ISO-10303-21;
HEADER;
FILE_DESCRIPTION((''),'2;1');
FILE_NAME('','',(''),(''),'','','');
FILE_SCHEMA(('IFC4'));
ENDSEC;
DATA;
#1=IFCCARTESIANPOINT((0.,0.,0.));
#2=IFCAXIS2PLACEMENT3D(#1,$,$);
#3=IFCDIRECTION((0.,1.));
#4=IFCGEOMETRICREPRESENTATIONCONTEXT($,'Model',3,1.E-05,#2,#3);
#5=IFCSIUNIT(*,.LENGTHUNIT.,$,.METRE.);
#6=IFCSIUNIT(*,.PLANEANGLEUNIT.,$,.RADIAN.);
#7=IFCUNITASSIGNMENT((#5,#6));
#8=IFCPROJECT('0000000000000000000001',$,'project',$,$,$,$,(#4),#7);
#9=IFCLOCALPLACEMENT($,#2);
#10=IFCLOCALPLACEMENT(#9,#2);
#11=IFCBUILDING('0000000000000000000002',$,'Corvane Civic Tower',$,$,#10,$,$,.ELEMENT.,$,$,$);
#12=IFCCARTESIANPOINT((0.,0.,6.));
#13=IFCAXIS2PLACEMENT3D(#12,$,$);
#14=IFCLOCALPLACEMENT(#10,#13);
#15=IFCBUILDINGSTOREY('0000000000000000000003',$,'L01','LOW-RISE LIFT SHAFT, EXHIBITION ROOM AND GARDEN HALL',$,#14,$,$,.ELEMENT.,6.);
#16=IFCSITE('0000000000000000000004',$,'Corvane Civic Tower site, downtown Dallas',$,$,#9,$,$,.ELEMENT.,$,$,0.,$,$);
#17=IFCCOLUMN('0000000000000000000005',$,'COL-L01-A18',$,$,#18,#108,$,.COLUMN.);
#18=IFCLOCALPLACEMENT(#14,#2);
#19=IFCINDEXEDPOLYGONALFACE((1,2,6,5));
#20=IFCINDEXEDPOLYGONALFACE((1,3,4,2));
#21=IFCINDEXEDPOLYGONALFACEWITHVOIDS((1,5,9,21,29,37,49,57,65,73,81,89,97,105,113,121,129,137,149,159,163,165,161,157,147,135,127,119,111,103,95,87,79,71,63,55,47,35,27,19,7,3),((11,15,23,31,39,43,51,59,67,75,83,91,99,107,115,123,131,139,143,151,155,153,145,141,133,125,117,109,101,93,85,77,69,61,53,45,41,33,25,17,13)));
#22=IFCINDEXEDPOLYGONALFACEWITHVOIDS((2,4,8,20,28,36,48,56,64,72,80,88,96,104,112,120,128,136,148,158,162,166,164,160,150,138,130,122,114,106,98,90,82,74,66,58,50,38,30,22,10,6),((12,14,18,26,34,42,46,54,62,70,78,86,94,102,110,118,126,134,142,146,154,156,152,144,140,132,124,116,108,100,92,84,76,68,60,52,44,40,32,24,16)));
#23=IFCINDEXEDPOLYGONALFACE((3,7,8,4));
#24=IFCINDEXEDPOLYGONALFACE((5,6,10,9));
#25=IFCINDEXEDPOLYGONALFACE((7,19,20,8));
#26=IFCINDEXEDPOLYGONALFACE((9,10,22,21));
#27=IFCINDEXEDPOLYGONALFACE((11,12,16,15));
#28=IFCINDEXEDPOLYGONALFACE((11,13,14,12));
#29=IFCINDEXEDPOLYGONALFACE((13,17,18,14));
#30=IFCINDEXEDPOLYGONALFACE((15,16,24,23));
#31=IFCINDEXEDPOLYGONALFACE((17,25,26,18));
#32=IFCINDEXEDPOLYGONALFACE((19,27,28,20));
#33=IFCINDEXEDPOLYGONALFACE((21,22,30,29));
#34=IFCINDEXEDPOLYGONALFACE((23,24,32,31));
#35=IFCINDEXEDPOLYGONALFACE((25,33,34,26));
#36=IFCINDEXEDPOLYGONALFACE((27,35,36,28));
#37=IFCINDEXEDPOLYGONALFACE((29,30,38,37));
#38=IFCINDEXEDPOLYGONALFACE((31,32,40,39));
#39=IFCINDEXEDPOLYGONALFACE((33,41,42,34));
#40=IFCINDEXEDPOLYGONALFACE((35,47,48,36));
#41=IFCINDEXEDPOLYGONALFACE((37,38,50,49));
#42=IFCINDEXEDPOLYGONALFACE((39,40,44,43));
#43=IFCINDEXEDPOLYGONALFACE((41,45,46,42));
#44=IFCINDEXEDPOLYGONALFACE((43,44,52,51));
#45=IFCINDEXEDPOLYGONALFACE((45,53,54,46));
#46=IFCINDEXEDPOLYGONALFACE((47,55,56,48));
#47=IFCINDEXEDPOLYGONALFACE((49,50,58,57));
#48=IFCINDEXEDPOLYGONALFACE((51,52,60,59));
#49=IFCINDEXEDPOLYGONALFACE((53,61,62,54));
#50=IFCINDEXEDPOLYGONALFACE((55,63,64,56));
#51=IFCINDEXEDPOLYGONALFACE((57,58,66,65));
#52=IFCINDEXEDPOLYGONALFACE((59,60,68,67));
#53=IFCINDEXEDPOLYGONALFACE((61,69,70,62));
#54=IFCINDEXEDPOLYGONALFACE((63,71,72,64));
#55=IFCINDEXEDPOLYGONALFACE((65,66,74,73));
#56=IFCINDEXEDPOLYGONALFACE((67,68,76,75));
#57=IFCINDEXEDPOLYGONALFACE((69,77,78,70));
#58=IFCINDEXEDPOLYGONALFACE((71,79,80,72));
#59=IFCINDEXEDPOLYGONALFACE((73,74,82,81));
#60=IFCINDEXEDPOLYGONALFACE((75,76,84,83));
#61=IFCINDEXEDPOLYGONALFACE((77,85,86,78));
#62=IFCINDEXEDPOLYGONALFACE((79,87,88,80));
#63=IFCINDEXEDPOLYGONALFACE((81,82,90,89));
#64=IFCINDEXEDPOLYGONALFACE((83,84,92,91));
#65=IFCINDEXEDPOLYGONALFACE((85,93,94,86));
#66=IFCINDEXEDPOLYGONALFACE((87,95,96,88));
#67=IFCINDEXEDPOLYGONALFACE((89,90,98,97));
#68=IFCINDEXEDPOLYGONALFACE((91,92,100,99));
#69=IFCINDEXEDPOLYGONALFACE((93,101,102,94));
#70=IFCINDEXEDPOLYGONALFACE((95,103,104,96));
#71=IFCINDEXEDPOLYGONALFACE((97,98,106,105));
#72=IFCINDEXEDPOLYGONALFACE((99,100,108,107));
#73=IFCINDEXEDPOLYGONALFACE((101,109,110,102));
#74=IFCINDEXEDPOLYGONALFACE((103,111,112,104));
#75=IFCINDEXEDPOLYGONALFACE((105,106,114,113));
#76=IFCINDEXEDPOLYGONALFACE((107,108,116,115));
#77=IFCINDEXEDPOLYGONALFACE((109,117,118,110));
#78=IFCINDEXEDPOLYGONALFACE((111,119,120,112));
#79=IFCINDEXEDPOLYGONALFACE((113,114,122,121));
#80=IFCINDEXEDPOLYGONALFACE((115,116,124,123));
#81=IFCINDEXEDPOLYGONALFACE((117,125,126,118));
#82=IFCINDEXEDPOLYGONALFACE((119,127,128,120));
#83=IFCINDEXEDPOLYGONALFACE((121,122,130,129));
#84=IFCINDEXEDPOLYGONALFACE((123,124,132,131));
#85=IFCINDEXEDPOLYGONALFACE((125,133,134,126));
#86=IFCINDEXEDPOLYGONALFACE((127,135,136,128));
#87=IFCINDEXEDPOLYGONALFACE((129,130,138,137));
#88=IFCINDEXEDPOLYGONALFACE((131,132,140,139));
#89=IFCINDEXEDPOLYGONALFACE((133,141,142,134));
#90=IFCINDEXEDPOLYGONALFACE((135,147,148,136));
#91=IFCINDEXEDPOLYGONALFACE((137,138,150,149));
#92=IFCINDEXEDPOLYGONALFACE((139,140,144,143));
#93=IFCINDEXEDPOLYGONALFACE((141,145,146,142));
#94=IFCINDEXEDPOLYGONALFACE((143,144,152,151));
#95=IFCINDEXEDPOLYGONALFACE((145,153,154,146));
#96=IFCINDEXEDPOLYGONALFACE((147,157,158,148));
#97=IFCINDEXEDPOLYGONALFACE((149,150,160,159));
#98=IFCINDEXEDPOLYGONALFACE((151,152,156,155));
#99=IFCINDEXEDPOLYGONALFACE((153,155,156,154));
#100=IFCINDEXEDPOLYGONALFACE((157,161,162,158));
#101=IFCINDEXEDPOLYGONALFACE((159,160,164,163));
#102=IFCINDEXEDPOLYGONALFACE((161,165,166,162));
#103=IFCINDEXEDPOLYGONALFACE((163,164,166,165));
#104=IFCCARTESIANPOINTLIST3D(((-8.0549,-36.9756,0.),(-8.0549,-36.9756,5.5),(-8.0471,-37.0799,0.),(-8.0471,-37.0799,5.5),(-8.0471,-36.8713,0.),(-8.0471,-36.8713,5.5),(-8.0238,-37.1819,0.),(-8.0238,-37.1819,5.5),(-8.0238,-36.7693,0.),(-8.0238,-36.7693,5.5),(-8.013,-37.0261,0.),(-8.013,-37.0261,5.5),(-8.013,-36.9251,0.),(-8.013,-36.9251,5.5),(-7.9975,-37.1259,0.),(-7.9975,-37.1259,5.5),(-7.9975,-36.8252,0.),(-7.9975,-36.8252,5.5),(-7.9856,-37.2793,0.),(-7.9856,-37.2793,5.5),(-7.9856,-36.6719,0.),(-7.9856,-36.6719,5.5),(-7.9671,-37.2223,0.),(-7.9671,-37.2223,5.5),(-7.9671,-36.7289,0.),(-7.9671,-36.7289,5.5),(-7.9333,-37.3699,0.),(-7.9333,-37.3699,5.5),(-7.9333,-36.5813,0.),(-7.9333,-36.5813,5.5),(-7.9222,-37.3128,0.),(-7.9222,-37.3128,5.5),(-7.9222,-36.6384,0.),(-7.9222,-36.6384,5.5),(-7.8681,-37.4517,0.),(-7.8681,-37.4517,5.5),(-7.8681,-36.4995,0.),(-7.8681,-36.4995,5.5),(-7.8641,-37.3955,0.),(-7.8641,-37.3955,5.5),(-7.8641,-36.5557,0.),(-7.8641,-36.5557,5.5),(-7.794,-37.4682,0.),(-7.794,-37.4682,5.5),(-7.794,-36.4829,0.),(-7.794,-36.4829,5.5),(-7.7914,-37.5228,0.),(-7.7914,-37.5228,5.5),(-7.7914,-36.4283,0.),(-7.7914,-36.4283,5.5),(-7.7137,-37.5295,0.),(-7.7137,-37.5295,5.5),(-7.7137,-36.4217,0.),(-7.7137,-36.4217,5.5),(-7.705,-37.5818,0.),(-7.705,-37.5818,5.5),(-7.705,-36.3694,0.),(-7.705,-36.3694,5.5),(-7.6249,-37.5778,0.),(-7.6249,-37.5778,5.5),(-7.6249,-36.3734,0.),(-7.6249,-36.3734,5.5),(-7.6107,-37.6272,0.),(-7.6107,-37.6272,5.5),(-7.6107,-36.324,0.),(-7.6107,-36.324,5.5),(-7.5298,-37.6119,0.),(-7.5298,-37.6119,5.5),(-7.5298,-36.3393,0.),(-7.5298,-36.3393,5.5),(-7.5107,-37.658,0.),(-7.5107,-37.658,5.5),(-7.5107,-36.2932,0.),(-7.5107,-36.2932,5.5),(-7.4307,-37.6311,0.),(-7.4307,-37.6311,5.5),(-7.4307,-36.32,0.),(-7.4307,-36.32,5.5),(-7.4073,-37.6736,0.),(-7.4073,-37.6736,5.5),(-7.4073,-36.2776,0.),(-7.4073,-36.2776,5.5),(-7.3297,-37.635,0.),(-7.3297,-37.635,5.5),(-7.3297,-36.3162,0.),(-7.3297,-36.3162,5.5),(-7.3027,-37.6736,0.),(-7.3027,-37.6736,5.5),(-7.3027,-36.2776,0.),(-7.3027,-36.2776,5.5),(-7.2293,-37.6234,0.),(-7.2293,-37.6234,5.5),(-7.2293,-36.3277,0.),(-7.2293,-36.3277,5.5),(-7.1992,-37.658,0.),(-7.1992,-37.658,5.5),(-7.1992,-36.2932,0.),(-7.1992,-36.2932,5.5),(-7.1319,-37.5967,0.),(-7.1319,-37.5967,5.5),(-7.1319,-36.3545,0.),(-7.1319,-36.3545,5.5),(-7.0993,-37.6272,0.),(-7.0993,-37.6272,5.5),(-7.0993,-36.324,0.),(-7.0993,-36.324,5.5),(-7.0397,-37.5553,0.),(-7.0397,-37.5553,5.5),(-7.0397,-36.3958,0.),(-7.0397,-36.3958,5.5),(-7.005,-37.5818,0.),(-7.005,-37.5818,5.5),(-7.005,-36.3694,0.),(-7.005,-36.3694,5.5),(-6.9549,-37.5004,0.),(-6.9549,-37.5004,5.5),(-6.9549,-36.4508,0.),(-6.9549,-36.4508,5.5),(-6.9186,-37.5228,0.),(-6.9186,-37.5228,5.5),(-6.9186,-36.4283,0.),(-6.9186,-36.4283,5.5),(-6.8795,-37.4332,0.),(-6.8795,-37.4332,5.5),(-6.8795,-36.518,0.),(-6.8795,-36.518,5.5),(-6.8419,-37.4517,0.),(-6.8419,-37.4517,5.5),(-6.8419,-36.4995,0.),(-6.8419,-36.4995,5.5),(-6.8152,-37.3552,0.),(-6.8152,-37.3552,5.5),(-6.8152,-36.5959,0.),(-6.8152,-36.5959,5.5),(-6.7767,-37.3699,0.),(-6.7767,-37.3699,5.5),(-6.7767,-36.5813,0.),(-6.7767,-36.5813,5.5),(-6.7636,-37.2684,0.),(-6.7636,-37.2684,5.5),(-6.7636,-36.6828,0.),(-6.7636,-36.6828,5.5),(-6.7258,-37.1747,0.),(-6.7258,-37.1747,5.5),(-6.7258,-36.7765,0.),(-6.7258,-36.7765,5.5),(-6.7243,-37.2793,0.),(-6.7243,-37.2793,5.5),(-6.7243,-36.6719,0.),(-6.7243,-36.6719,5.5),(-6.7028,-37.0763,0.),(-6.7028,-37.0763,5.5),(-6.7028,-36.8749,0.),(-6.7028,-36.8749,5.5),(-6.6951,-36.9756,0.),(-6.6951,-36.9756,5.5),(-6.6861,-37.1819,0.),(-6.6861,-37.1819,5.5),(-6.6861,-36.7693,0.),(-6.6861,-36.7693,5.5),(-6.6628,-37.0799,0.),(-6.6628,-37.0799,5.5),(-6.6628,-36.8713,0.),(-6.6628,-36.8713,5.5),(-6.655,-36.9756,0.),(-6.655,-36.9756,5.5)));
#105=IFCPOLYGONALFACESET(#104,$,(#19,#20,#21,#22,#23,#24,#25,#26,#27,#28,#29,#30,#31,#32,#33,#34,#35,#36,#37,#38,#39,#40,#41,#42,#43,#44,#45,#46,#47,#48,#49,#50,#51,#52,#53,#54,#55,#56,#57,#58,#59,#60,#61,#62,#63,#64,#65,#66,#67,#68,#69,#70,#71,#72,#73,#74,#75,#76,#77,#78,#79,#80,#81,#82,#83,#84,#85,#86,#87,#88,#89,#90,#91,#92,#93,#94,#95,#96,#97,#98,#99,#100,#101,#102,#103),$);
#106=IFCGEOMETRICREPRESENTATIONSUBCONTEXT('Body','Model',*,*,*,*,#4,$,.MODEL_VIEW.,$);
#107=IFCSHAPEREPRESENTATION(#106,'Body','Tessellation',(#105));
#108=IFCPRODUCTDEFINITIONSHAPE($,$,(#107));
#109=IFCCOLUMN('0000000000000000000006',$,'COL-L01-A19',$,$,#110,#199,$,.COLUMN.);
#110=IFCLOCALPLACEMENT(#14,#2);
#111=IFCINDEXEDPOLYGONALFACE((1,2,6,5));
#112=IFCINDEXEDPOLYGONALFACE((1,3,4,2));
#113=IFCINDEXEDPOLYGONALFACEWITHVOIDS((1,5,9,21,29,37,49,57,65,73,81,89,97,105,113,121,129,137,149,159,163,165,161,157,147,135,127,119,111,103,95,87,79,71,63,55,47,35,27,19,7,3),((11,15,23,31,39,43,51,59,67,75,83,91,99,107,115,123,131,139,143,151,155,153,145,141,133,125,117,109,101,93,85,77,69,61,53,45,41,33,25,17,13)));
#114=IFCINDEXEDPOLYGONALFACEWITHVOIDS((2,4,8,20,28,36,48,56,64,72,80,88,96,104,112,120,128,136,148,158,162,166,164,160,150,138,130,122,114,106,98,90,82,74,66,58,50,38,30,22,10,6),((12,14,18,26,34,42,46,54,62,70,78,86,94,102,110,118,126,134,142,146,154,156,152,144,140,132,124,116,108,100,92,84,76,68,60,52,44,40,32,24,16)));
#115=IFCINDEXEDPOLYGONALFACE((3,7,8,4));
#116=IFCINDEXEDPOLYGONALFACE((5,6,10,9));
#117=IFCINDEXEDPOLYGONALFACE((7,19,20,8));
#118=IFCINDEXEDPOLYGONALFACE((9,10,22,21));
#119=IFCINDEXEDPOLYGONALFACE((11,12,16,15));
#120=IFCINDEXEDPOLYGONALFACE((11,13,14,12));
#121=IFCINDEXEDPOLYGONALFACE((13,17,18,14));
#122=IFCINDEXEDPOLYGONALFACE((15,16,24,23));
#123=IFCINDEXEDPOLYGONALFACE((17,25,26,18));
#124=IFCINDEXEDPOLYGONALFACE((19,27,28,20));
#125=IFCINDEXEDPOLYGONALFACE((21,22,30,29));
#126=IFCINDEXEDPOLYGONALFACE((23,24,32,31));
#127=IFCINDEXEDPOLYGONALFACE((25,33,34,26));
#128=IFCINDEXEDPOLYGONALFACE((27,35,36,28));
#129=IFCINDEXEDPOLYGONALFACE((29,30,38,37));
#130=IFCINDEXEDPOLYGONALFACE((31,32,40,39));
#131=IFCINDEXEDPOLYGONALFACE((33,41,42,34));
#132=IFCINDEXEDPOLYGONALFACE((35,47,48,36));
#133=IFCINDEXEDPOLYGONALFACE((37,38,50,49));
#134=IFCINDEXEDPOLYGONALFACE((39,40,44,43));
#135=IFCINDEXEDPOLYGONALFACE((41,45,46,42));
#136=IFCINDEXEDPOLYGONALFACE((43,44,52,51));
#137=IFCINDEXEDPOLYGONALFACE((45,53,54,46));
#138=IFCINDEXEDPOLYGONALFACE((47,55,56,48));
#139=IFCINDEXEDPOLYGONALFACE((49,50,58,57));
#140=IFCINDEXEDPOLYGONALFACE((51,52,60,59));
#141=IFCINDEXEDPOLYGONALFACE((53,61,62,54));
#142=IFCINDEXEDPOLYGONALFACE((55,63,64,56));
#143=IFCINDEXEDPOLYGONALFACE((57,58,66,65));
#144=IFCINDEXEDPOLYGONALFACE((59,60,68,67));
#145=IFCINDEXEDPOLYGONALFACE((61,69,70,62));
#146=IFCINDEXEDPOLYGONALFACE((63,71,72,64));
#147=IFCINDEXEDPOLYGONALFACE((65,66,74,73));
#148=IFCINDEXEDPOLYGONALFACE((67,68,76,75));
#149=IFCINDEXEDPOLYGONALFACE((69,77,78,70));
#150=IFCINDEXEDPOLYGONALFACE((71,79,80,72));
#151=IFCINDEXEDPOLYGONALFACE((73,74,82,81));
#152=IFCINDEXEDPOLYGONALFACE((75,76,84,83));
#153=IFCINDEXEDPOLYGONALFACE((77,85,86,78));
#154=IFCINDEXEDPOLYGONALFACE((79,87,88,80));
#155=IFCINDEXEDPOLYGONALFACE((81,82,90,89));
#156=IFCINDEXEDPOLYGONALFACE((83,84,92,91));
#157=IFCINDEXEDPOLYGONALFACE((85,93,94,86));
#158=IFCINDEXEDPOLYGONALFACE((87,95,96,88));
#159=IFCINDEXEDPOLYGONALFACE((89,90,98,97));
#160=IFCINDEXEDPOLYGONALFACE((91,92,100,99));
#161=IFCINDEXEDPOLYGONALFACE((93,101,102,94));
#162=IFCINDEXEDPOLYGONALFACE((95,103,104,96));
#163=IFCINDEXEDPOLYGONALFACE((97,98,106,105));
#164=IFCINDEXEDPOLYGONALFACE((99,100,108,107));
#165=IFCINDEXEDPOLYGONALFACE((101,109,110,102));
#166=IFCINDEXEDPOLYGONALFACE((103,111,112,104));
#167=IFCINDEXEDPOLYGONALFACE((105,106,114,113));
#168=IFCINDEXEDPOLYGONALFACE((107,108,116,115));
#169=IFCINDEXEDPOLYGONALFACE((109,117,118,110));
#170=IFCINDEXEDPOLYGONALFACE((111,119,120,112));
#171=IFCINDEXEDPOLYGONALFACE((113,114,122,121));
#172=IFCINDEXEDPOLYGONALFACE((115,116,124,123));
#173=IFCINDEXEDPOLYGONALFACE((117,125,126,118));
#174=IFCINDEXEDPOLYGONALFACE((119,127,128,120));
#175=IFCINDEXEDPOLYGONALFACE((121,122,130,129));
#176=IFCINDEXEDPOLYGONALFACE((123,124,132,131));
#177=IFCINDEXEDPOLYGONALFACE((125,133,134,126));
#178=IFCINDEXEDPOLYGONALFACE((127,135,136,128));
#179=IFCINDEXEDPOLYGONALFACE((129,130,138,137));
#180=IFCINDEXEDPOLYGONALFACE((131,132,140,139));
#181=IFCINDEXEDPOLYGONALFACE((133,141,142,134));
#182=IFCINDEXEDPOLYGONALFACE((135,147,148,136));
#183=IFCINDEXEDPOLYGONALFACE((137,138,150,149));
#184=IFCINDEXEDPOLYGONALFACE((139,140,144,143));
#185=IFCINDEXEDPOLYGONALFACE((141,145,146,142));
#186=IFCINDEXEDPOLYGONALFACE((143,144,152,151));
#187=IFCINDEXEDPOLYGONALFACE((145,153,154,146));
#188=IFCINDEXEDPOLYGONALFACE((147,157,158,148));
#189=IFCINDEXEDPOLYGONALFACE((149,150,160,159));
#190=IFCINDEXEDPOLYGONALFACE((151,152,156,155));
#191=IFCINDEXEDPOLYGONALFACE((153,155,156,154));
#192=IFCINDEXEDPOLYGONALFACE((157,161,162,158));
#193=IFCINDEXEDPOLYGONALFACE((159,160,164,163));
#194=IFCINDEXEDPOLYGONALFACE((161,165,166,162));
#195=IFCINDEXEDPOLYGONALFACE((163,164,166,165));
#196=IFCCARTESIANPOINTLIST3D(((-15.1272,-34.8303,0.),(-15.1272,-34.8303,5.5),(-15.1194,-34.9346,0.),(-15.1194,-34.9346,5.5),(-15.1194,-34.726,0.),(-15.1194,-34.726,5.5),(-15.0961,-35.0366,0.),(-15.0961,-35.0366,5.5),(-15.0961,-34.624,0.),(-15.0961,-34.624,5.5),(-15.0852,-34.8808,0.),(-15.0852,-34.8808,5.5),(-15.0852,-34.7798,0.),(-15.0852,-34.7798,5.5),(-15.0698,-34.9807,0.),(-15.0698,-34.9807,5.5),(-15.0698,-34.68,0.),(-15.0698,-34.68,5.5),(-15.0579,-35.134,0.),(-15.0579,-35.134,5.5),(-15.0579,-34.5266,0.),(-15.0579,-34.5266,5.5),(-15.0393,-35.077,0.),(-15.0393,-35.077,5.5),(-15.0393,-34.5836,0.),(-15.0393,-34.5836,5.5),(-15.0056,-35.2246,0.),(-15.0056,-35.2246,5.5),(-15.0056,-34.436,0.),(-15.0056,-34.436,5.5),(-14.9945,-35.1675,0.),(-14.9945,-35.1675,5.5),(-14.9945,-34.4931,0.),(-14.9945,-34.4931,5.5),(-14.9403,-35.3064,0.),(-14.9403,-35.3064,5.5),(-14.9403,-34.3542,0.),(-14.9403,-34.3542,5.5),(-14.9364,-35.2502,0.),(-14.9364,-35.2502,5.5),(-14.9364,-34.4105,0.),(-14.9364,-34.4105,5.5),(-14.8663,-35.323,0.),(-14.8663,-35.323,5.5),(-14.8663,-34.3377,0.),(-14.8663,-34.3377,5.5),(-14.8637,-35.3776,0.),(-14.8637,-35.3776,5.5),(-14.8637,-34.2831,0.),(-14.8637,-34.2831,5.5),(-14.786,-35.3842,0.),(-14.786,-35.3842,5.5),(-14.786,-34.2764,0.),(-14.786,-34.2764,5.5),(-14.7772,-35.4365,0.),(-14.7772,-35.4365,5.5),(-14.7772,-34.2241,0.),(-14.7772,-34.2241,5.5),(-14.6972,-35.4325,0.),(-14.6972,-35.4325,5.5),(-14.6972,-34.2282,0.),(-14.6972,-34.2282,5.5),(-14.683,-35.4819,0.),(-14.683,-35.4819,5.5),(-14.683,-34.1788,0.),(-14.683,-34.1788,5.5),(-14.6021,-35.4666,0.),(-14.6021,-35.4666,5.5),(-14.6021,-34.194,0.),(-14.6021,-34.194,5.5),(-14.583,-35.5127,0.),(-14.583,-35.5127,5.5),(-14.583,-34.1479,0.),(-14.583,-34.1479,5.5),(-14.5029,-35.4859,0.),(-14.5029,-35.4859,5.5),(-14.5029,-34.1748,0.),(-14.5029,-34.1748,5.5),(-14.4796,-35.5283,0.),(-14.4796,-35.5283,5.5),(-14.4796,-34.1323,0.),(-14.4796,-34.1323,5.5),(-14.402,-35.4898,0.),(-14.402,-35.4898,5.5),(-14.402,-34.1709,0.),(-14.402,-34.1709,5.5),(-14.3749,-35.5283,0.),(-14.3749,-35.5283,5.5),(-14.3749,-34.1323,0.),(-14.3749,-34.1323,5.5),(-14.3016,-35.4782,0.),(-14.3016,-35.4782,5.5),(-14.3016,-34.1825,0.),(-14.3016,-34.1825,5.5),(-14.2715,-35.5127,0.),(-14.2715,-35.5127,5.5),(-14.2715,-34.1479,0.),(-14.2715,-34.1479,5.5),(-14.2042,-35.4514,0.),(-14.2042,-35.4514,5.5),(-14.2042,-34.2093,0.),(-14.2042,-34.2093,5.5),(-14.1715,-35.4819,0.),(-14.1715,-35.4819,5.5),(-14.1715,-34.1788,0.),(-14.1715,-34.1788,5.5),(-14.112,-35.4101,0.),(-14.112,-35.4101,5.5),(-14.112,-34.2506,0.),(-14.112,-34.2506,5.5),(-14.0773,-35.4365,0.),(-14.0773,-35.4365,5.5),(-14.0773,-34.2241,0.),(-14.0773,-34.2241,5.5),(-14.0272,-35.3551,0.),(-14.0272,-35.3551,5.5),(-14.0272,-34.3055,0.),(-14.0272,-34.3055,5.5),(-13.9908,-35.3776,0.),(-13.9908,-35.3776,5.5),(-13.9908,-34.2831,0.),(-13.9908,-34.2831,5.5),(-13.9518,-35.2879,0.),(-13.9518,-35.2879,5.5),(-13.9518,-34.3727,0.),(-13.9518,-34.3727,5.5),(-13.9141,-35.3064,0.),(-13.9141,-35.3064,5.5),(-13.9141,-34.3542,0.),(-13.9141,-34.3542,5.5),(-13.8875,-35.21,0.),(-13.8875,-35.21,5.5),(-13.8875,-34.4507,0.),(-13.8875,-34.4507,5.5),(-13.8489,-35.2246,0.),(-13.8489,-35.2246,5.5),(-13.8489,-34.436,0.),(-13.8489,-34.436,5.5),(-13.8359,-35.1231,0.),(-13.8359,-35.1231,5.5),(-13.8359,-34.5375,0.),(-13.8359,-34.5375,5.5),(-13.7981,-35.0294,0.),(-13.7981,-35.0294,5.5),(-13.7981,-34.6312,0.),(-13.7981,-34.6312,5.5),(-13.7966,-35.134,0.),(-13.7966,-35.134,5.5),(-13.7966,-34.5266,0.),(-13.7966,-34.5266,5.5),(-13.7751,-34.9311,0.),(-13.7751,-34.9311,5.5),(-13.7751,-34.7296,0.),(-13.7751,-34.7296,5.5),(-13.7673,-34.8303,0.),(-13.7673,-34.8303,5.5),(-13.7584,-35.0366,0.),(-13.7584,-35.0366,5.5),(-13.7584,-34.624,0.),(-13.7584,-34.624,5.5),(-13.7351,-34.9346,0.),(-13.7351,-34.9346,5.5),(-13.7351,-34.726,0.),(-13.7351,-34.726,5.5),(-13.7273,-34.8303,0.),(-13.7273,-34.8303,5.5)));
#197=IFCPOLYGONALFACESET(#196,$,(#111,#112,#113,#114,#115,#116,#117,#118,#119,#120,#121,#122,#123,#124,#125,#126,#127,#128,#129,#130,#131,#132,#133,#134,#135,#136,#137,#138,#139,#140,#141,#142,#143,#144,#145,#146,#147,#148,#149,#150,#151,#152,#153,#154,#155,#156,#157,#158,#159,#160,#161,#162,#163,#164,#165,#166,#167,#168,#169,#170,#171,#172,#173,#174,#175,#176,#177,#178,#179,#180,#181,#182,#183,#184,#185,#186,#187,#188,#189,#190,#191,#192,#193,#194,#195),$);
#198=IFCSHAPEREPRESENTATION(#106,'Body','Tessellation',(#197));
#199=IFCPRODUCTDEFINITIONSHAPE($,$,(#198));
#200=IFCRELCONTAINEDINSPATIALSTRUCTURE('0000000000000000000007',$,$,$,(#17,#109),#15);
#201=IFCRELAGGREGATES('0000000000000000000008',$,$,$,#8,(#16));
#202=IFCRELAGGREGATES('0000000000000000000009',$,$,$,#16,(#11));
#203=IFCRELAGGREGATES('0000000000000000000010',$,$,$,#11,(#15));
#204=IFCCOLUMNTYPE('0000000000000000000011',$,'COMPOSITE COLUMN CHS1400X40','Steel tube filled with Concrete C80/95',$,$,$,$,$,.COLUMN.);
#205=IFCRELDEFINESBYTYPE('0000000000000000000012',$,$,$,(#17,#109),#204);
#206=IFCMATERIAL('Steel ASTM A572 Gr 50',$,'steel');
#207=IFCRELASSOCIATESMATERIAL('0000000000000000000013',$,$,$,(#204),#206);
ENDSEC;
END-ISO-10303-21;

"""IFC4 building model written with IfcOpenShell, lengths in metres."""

from ifc_helpers import new_model, si_unit, direction, frame, origin, origin_2d, place, context, subcontext, project, spatial, hollow_circle, extrude, material, material_profile, profile_set, type_object, element, save


model = new_model("IFC4")

# Units and contexts
model_context = context("Model", 3, precision=1e-05, world=origin(), true_north=direction((0.0, 1.0)))
body_context = subcontext(model_context, "Body", "Model", "MODEL_VIEW")
ifc_project = project(units=[si_unit("LENGTHUNIT", "METRE"), si_unit("PLANEANGLEUNIT", "RADIAN")], contexts=[model_context])

# Site, building, storey
site_placement = place(None, origin())
site = spatial("IfcSite", under=ifc_project, at=site_placement, Name="Corvane Civic Tower site, downtown Dallas", CompositionType="ELEMENT", RefElevation=0.0)
building_placement = place(site_placement, origin())
building = spatial("IfcBuilding", under=site, at=building_placement, Name="Corvane Civic Tower", CompositionType="ELEMENT")
storey_placement = place(building_placement, frame((0.0, 0.0, 6.0)))
storey = spatial("IfcBuildingStorey", under=building, at=storey_placement, Name="L01", Description="LOW-RISE LIFT SHAFT, EXHIBITION ROOM AND GARDEN HALL", CompositionType="ELEMENT", Elevation=6.0)

# Columns
ifc_material_1 = material(Name="Steel ASTM A572 Gr 50", Category="steel")
ifc_material_profile_1 = material_profile(ifc_material_1, hollow_circle(Radius=0.7, WallThickness=0.04, at=origin_2d()), Name="CHS1400X40")
ifc_profile_set_1 = profile_set([ifc_material_profile_1], Name="Steel ASTM A572 Gr 50")
column_type_1 = type_object("IfcColumnType", Name="COMPOSITE COLUMN CHS1400X40", Description="Steel tube filled with Concrete C80/95", PredefinedType="COLUMN", material=ifc_profile_set_1)
for number, where, z_axis, x_axis, name in (
    (1, (-7.355, -36.9756, 0.0), (0.0, 0.0, 1.0), (1.0, 0.0, 0.0), "COL-L01-A18"),
    (2, (-14.4272, -34.8303, 0.0), (0.0, 0.0, 1.0), (1.0, 0.0, 0.0), "COL-L01-A19"),
):
    element("IfcColumn", number, at=place(storey_placement, frame(where, z_axis=z_axis, x_axis=x_axis)), inside=storey, type_object=column_type_1, Name=name, PredefinedType="COLUMN", context=body_context, shape_type="SweptSolid", body=[
        extrude(hollow_circle(Radius=0.7, WallThickness=0.04, at=origin_2d()), origin(), (0.0, 0.0, 1.0), 5.5),
    ])

save(model, "model.ifc")
